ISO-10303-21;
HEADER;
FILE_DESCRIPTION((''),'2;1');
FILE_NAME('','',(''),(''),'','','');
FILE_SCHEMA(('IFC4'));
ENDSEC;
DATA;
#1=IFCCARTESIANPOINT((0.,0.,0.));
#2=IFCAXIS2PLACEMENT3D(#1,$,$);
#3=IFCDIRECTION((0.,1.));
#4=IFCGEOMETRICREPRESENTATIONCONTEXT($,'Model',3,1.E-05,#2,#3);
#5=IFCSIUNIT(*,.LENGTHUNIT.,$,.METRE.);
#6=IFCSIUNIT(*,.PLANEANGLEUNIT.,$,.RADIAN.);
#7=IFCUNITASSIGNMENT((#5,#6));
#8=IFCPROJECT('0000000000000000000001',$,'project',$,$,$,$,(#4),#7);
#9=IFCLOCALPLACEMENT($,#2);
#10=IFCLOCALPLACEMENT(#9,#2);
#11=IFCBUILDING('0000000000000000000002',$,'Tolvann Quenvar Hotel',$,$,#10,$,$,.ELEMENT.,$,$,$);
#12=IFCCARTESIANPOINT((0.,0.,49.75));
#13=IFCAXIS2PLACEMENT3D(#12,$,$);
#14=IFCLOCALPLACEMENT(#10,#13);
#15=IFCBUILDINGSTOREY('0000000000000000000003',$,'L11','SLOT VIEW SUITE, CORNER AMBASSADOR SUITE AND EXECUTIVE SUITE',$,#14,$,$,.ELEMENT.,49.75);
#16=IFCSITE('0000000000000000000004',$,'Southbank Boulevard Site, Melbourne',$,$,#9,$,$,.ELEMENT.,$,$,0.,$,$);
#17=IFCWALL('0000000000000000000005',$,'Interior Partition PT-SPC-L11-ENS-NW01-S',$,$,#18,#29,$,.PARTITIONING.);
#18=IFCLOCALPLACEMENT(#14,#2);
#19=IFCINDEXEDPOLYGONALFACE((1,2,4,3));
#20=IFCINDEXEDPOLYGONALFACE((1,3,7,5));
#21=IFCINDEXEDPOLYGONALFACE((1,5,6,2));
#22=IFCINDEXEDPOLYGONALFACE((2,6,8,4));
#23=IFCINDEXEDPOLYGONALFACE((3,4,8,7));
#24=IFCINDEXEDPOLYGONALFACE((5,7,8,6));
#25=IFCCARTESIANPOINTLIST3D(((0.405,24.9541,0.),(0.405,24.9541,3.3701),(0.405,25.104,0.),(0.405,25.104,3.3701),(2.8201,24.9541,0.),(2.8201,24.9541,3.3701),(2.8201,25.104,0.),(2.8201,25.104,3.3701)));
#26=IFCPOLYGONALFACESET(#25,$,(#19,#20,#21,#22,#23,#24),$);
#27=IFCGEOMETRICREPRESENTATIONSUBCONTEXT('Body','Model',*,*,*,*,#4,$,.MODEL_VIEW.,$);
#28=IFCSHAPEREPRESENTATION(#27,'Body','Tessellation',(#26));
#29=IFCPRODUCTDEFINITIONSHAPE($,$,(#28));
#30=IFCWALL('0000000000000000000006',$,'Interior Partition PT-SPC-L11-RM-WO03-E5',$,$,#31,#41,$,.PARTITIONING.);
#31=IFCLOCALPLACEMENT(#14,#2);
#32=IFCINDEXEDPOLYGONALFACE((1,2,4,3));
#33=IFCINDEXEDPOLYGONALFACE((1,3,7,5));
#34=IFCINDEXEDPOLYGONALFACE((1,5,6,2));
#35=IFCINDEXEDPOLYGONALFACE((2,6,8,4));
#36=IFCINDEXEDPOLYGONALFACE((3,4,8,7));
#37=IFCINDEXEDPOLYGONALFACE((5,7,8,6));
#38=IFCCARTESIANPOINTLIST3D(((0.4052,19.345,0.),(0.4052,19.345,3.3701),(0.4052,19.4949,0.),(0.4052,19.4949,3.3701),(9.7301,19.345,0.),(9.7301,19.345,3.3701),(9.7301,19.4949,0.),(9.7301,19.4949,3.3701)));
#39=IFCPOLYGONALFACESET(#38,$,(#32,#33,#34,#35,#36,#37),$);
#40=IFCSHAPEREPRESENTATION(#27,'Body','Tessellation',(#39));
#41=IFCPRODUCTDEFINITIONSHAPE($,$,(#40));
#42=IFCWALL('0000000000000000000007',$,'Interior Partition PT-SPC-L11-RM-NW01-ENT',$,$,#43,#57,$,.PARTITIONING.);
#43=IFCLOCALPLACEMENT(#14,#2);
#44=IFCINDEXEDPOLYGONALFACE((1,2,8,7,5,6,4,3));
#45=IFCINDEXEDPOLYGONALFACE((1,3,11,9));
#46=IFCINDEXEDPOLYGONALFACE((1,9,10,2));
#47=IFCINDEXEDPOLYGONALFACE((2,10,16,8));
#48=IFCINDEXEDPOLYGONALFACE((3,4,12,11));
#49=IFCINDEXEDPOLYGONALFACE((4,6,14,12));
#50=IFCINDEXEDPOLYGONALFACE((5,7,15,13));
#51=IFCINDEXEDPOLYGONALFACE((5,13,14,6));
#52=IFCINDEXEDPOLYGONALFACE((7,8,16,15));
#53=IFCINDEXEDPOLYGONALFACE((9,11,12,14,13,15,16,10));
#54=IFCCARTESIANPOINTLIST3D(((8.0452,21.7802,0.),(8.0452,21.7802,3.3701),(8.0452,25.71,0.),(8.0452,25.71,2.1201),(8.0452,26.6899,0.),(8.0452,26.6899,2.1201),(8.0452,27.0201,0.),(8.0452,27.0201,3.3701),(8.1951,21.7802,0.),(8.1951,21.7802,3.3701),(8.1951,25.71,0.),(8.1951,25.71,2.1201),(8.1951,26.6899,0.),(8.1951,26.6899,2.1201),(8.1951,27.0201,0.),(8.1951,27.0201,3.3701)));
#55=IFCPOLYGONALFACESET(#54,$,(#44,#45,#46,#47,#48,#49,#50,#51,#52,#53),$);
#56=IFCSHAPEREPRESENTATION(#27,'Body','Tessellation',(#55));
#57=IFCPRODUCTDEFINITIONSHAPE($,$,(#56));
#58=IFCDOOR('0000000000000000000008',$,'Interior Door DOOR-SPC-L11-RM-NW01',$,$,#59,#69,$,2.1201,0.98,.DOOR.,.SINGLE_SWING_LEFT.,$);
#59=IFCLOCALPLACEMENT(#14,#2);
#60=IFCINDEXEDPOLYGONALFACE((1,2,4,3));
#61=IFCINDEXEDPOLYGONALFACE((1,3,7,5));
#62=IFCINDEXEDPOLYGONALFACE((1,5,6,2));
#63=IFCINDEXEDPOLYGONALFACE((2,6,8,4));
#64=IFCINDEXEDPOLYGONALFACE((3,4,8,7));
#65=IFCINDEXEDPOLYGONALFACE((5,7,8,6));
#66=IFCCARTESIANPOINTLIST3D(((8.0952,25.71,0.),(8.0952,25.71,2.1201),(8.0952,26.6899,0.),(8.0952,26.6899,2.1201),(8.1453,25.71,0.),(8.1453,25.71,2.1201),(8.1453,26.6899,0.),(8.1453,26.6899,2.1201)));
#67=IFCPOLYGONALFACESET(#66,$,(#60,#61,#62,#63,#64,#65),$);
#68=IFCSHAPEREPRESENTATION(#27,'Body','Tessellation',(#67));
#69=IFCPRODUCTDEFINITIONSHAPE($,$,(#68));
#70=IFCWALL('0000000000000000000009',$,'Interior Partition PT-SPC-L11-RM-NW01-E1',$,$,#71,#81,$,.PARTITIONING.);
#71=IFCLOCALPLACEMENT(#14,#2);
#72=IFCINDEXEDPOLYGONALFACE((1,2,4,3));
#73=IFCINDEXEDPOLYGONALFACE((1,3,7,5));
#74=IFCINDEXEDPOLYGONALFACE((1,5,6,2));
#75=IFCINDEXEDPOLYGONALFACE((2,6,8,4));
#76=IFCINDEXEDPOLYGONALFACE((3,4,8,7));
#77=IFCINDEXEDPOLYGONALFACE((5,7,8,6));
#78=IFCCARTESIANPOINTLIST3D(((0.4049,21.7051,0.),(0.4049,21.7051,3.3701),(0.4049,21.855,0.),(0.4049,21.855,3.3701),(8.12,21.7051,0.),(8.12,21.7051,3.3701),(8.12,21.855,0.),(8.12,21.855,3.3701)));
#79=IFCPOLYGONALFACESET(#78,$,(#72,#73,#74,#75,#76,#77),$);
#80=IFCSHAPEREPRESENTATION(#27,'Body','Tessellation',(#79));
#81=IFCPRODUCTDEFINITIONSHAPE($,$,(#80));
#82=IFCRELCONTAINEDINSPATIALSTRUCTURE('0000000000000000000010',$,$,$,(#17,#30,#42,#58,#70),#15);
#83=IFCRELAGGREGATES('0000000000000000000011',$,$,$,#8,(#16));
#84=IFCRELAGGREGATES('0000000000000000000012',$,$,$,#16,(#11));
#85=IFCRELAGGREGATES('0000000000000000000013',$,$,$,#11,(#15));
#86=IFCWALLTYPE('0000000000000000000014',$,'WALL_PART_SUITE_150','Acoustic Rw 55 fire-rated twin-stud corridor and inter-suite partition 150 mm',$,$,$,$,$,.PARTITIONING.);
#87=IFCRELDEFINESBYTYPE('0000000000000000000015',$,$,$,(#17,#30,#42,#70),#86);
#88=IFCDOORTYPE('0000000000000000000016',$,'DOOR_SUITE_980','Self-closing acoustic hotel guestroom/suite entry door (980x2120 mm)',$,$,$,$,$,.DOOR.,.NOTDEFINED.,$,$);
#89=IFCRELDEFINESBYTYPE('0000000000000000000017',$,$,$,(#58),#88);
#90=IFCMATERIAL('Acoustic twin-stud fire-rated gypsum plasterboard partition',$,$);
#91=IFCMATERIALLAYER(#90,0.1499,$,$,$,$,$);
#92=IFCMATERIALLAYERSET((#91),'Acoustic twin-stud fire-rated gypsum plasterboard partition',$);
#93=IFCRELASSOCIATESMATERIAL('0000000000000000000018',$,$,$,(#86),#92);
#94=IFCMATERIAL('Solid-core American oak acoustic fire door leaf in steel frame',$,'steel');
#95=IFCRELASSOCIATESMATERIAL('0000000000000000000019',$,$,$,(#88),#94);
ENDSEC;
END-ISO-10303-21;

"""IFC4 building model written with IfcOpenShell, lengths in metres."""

from ifc_helpers import new_model, si_unit, direction, frame, frame_2d, origin, place, context, subcontext, project, spatial, rectangle, extrude, source, transform, mapped, material, layer, layer_set, type_object, type_shapes, element, fill, save


model = new_model("IFC4")

# Units and contexts
model_context = context("Model", 3, precision=1e-05, world=origin(), true_north=direction((0.0, 1.0)))
body_context = subcontext(model_context, "Body", "Model", "MODEL_VIEW")
ifc_project = project(units=[si_unit("LENGTHUNIT", "METRE"), si_unit("PLANEANGLEUNIT", "RADIAN")], contexts=[model_context])

# Site, building, storey
site_placement = place(None, origin())
site = spatial("IfcSite", under=ifc_project, at=site_placement, Name="Southbank Boulevard Site, Melbourne", CompositionType="ELEMENT", RefElevation=0.0)
building_placement = place(site_placement, origin())
building = spatial("IfcBuilding", under=site, at=building_placement, Name="Tolvann Quenvar Hotel", CompositionType="ELEMENT")
storey_placement = place(building_placement, frame((0.0, 0.0, 49.75)))
storey = spatial("IfcBuildingStorey", under=building, at=storey_placement, Name="L11", Description="SLOT VIEW SUITE, CORNER AMBASSADOR SUITE AND EXECUTIVE SUITE", CompositionType="ELEMENT", Elevation=49.75)

# Shared definitions
ifc_material_1 = material(Name="Acoustic twin-stud fire-rated gypsum plasterboard partition")
ifc_material_2 = material(Name="Solid-core American oak acoustic fire door leaf in steel frame", Category="steel")

# Shared definitions
ifc_layer_1 = layer(ifc_material_1, 0.1499)
ifc_layer_set_1 = layer_set([ifc_layer_1], Name="Acoustic twin-stud fire-rated gypsum plasterboard partition")
wall_type_1 = type_object("IfcWallType", Name="WALL_PART_SUITE_150", Description="Acoustic Rw 55 fire-rated twin-stud corridor and inter-suite partition 150 mm", PredefinedType="PARTITIONING", material=ifc_layer_set_1)

# Wall
wall_1_placement = place(storey_placement, frame((0.405, 25.0291, 0.0), z_axis=(0.0, 0.0, 1.0), x_axis=(1.0, 0.0, 0.0)))
element("IfcWall", 1, at=wall_1_placement, inside=storey, type_object=wall_type_1, Name="Interior Partition PT-SPC-L11-ENS-NW01-S", PredefinedType="PARTITIONING", context=body_context, shape_type="SweptSolid", body=[
    extrude(rectangle(XDim=2.415, YDim=0.1499, at=frame_2d((1.2075, 0.0))), origin(), (0.0, 0.0, 1.0), 3.3701),
])

# Shared definitions
door_type_1 = type_object("IfcDoorType", Name="DOOR_SUITE_980", Description="Self-closing acoustic hotel guestroom/suite entry door (980x2120 mm)", OperationType="NOTDEFINED", PredefinedType="DOOR", material=ifc_material_2)
shared_shape_1 = source(origin(), body_context, "Body", "SweptSolid", [
    extrude(rectangle(XDim=0.98, YDim=2.1201, at=frame_2d((0.49, 1.0601))), frame((0.0, 0.0249, 0.0), z_axis=(0.0, -1.0, 0.0), x_axis=(1.0, 0.0, 0.0)), (0.0, 0.0, 1.0), 0.05),
])
type_shapes(door_type_1, [shared_shape_1])

# Wall
wall_2_placement = place(storey_placement, frame((0.405, 19.4199, 0.0), z_axis=(0.0, 0.0, 1.0), x_axis=(1.0, 0.0, 0.0)))
element("IfcWall", 2, at=wall_2_placement, inside=storey, type_object=wall_type_1, Name="Interior Partition PT-SPC-L11-RM-WO03-E5", PredefinedType="PARTITIONING", context=body_context, shape_type="SweptSolid", body=[
    extrude(rectangle(XDim=9.325, YDim=0.1499, at=frame_2d((4.6626, 0.0))), origin(), (0.0, 0.0, 1.0), 3.3701),
])

# Wall, opening, door
wall_3_placement = place(storey_placement, frame((8.1201, 21.78, 0.0), z_axis=(0.0, 0.0, 1.0), x_axis=(0.0, 1.0, 0.0)))
wall_3 = element("IfcWall", 3, at=wall_3_placement, inside=storey, type_object=wall_type_1, Name="Interior Partition PT-SPC-L11-RM-NW01-ENT", PredefinedType="PARTITIONING", context=body_context, shape_type="SweptSolid", body=[
    extrude(rectangle(XDim=5.24, YDim=0.1499, at=frame_2d((2.6201, 0.0))), origin(), (0.0, 0.0, 1.0), 3.3701),
])
opening_1_placement = place(wall_3_placement, frame((3.9299, 0.0, 0.0)))
opening_1 = element("IfcOpeningElement", 4, at=opening_1_placement, cuts=wall_3, PredefinedType="OPENING", context=body_context, shape_type="SweptSolid", body=[
    extrude(rectangle(XDim=0.98, YDim=2.1201, at=frame_2d((0.49, 1.0601))), frame((0.0, 0.085, 0.0), z_axis=(0.0, -1.0, 0.0), x_axis=(1.0, 0.0, 0.0)), (0.0, 0.0, 1.0), 0.1699),
])
door_1_placement = place(opening_1_placement, origin())
door_1 = element("IfcDoor", 5, at=door_1_placement, inside=storey, type_object=door_type_1, Name="Interior Door DOOR-SPC-L11-RM-NW01", OperationType="SINGLE_SWING_LEFT", OverallHeight=2.1201, OverallWidth=0.98, PredefinedType="DOOR", context=body_context, shape_type="MappedRepresentation", body=[
    mapped(shared_shape_1, transform((0.0, 0.0, 0.0), x_axis=(1.0, 0.0, 0.0), y_axis=(0.0, 1.0, 0.0), z_axis=(0.0, 0.0, 1.0), scale=1.0)),
])
fill(opening_1, door_1)

# Wall
wall_4_placement = place(storey_placement, frame((0.405, 21.78, 0.0), z_axis=(0.0, 0.0, 1.0), x_axis=(1.0, 0.0, 0.0)))
element("IfcWall", 6, at=wall_4_placement, inside=storey, type_object=wall_type_1, Name="Interior Partition PT-SPC-L11-RM-NW01-E1", PredefinedType="PARTITIONING", context=body_context, shape_type="SweptSolid", body=[
    extrude(rectangle(XDim=7.7151, YDim=0.1499, at=frame_2d((3.8574, 0.0))), origin(), (0.0, 0.0, 1.0), 3.3701),
])

save(model, "model.ifc")
